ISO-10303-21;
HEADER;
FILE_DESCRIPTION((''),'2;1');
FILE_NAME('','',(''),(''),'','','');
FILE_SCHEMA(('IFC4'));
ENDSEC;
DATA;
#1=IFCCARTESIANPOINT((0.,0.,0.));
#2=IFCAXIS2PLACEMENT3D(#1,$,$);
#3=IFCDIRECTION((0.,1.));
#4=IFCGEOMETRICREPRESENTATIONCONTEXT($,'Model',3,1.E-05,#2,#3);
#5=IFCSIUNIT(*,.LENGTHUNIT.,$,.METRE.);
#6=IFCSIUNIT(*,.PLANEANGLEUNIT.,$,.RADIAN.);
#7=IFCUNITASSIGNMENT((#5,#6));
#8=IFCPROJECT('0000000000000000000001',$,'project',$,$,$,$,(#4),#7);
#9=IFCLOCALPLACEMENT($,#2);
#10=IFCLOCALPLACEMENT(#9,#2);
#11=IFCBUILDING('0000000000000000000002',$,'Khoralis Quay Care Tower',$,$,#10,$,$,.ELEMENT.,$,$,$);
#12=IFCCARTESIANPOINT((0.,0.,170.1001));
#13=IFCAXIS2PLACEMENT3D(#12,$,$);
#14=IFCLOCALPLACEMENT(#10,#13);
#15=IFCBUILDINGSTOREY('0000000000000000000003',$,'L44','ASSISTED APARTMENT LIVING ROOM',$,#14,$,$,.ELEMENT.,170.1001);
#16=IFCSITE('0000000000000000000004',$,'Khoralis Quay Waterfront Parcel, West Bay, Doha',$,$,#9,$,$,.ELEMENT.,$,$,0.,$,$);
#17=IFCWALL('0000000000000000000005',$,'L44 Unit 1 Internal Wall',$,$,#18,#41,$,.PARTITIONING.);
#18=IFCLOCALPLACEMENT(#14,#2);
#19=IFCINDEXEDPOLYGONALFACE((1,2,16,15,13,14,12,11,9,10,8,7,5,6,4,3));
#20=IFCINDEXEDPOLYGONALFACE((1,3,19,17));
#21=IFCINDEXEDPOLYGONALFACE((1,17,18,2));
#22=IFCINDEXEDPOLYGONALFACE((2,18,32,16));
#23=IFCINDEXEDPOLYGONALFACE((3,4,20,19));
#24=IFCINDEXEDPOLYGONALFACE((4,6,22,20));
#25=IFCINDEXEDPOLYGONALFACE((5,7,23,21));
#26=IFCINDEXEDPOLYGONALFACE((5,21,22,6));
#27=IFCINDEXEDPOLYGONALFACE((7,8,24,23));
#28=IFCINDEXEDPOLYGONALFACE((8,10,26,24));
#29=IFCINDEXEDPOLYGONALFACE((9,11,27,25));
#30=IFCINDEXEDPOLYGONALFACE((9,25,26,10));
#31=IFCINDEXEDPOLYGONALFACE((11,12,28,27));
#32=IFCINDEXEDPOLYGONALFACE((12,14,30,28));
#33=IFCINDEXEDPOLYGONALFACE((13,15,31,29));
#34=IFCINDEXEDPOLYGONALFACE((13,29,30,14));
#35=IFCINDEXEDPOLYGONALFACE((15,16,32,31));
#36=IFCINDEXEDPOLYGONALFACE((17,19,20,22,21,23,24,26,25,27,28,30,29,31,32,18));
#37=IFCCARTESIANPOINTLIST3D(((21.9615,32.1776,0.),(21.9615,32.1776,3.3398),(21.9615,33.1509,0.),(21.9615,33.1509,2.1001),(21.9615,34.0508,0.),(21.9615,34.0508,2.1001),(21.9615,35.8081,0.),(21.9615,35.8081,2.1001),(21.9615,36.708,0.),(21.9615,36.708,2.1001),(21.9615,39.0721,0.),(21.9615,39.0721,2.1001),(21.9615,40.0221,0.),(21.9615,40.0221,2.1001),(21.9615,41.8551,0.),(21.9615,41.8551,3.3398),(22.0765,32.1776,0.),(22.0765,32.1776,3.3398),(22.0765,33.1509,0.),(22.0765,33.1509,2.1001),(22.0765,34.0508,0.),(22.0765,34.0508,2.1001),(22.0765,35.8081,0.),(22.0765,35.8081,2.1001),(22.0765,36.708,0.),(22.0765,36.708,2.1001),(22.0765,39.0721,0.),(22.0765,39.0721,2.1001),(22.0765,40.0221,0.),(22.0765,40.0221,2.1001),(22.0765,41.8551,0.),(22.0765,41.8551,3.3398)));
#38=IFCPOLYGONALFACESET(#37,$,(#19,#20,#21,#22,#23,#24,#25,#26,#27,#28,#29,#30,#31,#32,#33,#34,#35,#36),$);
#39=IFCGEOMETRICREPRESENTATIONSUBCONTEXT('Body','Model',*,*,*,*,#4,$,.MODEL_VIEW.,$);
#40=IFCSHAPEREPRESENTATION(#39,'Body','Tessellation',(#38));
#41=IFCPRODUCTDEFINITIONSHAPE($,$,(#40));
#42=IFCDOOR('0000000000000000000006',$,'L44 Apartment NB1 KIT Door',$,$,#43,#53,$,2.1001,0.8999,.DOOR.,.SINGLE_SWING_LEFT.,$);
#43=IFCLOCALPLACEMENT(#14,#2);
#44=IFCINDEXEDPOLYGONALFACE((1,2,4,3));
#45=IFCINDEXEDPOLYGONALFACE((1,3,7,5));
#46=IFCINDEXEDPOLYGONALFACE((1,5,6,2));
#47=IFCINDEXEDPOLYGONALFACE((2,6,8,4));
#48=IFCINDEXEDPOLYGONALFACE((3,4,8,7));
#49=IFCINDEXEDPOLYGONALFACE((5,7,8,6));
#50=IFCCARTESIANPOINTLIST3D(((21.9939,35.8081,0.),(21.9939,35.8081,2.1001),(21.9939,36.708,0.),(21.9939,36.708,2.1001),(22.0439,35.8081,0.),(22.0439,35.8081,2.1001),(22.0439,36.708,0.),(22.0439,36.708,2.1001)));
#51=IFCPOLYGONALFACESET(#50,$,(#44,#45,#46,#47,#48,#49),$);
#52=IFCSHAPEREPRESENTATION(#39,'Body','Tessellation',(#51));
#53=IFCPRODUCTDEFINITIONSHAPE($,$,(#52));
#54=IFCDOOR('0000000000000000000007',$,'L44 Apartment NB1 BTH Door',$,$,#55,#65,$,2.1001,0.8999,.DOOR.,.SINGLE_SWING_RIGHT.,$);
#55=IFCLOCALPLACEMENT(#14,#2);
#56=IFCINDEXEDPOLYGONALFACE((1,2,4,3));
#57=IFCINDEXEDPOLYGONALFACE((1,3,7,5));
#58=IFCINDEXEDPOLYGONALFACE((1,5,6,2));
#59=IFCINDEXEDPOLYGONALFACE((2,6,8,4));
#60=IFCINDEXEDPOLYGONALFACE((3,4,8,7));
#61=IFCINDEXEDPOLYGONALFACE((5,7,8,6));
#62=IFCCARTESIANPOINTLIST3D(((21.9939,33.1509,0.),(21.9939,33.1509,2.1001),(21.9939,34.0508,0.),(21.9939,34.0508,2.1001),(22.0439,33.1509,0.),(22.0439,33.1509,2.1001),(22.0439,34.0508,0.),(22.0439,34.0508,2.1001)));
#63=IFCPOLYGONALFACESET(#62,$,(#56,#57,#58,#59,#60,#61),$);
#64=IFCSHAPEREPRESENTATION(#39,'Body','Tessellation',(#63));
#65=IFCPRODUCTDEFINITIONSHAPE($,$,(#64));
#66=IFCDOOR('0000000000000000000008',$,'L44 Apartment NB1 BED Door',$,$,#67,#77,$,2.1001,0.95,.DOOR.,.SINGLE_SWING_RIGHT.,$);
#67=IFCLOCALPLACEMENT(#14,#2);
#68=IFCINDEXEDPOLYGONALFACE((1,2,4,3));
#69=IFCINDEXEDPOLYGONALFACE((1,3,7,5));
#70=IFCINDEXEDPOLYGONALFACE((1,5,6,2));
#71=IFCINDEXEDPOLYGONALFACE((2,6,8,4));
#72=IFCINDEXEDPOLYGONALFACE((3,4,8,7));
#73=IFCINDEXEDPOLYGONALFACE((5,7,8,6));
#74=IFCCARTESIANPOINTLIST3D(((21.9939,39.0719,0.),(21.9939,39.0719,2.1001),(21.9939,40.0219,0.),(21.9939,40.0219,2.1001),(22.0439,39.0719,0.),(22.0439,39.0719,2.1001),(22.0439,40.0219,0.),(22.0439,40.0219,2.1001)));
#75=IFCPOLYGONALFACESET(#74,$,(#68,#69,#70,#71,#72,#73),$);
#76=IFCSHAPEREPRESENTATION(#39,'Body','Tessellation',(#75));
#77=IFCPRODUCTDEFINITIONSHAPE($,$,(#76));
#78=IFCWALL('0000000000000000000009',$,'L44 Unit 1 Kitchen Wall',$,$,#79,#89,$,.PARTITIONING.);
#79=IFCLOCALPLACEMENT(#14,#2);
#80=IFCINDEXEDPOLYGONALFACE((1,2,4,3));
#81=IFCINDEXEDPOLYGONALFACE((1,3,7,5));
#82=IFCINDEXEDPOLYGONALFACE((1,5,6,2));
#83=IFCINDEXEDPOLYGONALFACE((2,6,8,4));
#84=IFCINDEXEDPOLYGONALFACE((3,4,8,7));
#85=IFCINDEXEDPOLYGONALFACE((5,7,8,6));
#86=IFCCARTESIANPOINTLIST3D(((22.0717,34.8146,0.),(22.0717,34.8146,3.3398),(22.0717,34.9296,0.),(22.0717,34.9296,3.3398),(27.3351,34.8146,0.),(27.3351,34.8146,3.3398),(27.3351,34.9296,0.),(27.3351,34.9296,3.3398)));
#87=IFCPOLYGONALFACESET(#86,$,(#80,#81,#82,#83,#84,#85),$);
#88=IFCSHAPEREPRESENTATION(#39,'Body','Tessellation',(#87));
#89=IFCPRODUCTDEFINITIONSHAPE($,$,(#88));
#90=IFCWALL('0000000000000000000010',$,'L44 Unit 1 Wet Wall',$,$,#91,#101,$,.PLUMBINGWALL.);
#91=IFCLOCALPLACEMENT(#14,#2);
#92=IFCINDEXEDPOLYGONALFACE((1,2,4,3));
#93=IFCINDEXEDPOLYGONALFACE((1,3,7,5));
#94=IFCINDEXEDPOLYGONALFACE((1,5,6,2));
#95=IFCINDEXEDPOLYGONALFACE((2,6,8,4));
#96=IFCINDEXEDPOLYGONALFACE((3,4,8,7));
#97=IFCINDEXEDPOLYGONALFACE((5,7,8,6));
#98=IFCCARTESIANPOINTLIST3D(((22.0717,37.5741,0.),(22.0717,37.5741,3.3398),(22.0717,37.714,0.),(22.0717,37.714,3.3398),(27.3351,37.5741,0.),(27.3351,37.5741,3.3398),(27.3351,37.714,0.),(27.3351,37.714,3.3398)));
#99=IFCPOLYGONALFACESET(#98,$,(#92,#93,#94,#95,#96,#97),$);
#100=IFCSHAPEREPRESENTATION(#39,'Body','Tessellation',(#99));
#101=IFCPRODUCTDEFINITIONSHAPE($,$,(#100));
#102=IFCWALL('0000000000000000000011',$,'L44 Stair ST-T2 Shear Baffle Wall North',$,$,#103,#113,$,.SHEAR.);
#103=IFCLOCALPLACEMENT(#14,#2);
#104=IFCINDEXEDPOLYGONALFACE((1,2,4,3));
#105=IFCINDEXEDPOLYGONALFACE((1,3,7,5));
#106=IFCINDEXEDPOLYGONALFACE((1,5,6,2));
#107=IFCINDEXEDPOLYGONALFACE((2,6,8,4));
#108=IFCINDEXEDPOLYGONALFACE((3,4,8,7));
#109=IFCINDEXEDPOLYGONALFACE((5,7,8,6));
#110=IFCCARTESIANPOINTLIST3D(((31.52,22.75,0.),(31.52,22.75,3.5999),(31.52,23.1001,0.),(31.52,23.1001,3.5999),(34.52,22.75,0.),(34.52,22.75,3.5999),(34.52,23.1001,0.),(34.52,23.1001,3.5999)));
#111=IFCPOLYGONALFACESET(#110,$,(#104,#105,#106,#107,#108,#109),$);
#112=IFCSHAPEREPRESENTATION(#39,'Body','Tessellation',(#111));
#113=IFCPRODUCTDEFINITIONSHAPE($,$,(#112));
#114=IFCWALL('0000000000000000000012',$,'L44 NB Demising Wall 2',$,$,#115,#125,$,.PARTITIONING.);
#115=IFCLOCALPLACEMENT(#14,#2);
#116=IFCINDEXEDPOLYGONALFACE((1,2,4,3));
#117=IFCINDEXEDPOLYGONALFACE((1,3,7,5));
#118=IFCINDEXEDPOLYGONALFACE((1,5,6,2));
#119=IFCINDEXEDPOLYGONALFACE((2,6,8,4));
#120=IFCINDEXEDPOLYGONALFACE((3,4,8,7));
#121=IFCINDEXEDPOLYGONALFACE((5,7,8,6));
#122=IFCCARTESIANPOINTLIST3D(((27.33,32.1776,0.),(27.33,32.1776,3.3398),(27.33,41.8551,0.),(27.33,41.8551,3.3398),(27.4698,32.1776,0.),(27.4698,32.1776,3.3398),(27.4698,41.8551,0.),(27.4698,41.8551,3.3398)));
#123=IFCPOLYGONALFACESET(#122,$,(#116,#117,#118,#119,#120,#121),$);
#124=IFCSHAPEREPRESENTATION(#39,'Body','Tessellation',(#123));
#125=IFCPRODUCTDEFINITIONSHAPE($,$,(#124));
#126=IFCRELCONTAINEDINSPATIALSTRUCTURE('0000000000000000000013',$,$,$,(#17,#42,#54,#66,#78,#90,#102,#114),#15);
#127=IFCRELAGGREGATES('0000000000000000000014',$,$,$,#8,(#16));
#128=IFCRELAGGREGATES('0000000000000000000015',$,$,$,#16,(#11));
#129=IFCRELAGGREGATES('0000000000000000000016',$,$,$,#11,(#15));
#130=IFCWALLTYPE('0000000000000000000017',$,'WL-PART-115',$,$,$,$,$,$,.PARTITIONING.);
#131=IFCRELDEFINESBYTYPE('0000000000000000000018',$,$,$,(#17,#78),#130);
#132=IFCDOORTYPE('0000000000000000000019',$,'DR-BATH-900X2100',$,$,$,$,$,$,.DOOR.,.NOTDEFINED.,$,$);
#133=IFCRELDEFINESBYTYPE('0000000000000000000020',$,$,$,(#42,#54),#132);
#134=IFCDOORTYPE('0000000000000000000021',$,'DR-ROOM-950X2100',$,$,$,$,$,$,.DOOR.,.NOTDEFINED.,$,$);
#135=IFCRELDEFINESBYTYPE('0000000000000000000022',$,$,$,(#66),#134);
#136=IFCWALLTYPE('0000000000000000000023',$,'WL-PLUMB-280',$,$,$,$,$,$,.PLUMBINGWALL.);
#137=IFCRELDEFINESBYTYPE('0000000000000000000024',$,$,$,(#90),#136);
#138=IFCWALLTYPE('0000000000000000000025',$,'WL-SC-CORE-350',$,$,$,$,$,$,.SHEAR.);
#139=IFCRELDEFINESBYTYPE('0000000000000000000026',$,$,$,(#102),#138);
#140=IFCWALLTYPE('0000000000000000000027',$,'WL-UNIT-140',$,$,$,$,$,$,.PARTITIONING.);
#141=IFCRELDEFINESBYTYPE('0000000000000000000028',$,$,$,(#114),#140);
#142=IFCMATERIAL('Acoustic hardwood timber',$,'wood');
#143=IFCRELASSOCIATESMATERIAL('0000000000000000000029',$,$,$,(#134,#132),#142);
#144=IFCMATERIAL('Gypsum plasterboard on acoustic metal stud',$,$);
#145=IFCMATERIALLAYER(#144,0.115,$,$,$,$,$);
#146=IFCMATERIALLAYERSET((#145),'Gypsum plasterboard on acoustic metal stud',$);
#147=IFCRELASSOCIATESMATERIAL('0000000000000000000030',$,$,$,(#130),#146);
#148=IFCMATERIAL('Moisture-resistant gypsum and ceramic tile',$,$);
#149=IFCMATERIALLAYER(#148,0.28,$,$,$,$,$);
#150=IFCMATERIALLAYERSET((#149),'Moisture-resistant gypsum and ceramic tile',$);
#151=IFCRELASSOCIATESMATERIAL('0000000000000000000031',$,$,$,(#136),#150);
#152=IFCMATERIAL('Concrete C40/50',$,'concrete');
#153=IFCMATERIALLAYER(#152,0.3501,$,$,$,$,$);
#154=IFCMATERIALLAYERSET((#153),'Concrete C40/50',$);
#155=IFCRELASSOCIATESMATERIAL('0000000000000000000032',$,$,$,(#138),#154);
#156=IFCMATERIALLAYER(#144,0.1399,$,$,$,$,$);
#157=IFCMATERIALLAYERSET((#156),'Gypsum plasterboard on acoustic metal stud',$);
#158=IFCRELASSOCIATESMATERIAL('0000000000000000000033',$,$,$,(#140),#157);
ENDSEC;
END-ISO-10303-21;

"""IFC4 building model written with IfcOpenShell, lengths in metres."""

from ifc_helpers import new_model, si_unit, direction, frame, frame_2d, origin, place, context, subcontext, project, spatial, rectangle, extrude, source, transform, mapped, material, layer, layer_set, type_object, element, fill, save


model = new_model("IFC4")

# Units and contexts
model_context = context("Model", 3, precision=1e-05, world=origin(), true_north=direction((0.0, 1.0)))
body_context = subcontext(model_context, "Body", "Model", "MODEL_VIEW")
ifc_project = project(units=[si_unit("LENGTHUNIT", "METRE"), si_unit("PLANEANGLEUNIT", "RADIAN")], contexts=[model_context])

# Site, building, storey
site_placement = place(None, origin())
site = spatial("IfcSite", under=ifc_project, at=site_placement, Name="Khoralis Quay Waterfront Parcel, West Bay, Doha", CompositionType="ELEMENT", RefElevation=0.0)
building_placement = place(site_placement, origin())
building = spatial("IfcBuilding", under=site, at=building_placement, Name="Khoralis Quay Care Tower", CompositionType="ELEMENT")
storey_placement = place(building_placement, frame((0.0, 0.0, 170.1001)))
storey = spatial("IfcBuildingStorey", under=building, at=storey_placement, Name="L44", Description="ASSISTED APARTMENT LIVING ROOM", CompositionType="ELEMENT", Elevation=170.1001)

# Shared definitions
ifc_material_1 = material(Name="Acoustic hardwood timber", Category="wood")
door_type_1 = type_object("IfcDoorType", Name="DR-ROOM-950X2100", OperationType="NOTDEFINED", PredefinedType="DOOR", material=ifc_material_1)
shared_shape_1 = source(origin(), body_context, "Body", "SweptSolid", [
    extrude(rectangle(XDim=0.95, YDim=2.1001, at=frame_2d((0.4751, 1.05))), frame((0.0, 0.0249, 0.0), z_axis=(0.0, -1.0, 0.0), x_axis=(1.0, 0.0, 0.0)), (0.0, 0.0, 1.0), 0.05),
])

# Shared definitions
ifc_material_2 = material(Name="Gypsum plasterboard on acoustic metal stud")

# Wall, openings, doors
ifc_layer_1 = layer(ifc_material_2, 0.115)
ifc_layer_set_1 = layer_set([ifc_layer_1], Name="Gypsum plasterboard on acoustic metal stud")
wall_type_1 = type_object("IfcWallType", Name="WL-PART-115", PredefinedType="PARTITIONING", material=ifc_layer_set_1)
wall_1_placement = place(storey_placement, frame((22.019, 32.1775, 0.0), z_axis=(0.0, 0.0, 1.0), x_axis=(0.0, 1.0, 0.0)))
wall_1 = element("IfcWall", 1, at=wall_1_placement, inside=storey, type_object=wall_type_1, Name="L44 Unit 1 Internal Wall", PredefinedType="PARTITIONING", context=body_context, shape_type="SweptSolid", body=[
    extrude(rectangle(XDim=9.6775, YDim=0.115, at=frame_2d((4.8389, 0.0))), origin(), (0.0, 0.0, 1.0), 3.3398),
])
opening_1_placement = place(wall_1_placement, frame((6.8945, 0.0, 0.0)))
opening_1 = element("IfcOpeningElement", 2, at=opening_1_placement, cuts=wall_1, PredefinedType="OPENING", context=body_context, shape_type="SweptSolid", body=[
    extrude(rectangle(XDim=0.95, YDim=2.1001, at=frame_2d((0.4751, 1.05))), frame((0.0, 0.0674, 0.0), z_axis=(0.0, -1.0, 0.0), x_axis=(1.0, 0.0, 0.0)), (0.0, 0.0, 1.0), 0.135),
])
opening_2_placement = place(wall_1_placement, frame((3.6306, 0.0, 0.0)))
opening_2 = element("IfcOpeningElement", 3, at=opening_2_placement, cuts=wall_1, PredefinedType="OPENING", context=body_context, shape_type="SweptSolid", body=[
    extrude(rectangle(XDim=0.8999, YDim=2.1001, at=frame_2d((0.45, 1.05))), frame((0.0, 0.0674, 0.0), z_axis=(0.0, -1.0, 0.0), x_axis=(1.0, 0.0, 0.0)), (0.0, 0.0, 1.0), 0.135),
])
opening_3_placement = place(wall_1_placement, frame((0.9734, 0.0, 0.0)))
opening_3 = element("IfcOpeningElement", 4, at=opening_3_placement, cuts=wall_1, PredefinedType="OPENING", context=body_context, shape_type="SweptSolid", body=[
    extrude(rectangle(XDim=0.8999, YDim=2.1001, at=frame_2d((0.45, 1.05))), frame((0.0, 0.0674, 0.0), z_axis=(0.0, -1.0, 0.0), x_axis=(1.0, 0.0, 0.0)), (0.0, 0.0, 1.0), 0.135),
])
door_type_2 = type_object("IfcDoorType", Name="DR-BATH-900X2100", OperationType="NOTDEFINED", PredefinedType="DOOR", material=ifc_material_1)
shared_shape_2 = source(origin(), body_context, "Body", "SweptSolid", [
    extrude(rectangle(XDim=0.8999, YDim=2.1001, at=frame_2d((0.45, 1.05))), frame((0.0, 0.0249, 0.0), z_axis=(0.0, -1.0, 0.0), x_axis=(1.0, 0.0, 0.0)), (0.0, 0.0, 1.0), 0.05),
])
door_1_placement = place(opening_2_placement, frame((0.8999, 0.0, 0.0), z_axis=(0.0, 0.0, 1.0), x_axis=(-1.0, 0.0, 0.0)))
door_1 = element("IfcDoor", 5, at=door_1_placement, inside=storey, type_object=door_type_2, Name="L44 Apartment NB1 KIT Door", OperationType="SINGLE_SWING_LEFT", OverallHeight=2.1001, OverallWidth=0.8999, PredefinedType="DOOR", context=body_context, shape_type="MappedRepresentation", body=[
    mapped(shared_shape_2, transform((0.0, 0.0, 0.0), scale=1.0)),
])
fill(opening_2, door_1)
door_2_placement = place(opening_3_placement, frame((0.8999, 0.0, 0.0), z_axis=(0.0, 0.0, 1.0), x_axis=(-1.0, 0.0, 0.0)))
door_2 = element("IfcDoor", 6, at=door_2_placement, inside=storey, type_object=door_type_2, Name="L44 Apartment NB1 BTH Door", OperationType="SINGLE_SWING_RIGHT", OverallHeight=2.1001, OverallWidth=0.8999, PredefinedType="DOOR", context=body_context, shape_type="MappedRepresentation", body=[
    mapped(shared_shape_2, transform((0.0, 0.0, 0.0), scale=1.0)),
])
fill(opening_3, door_2)
door_3_placement = place(opening_1_placement, frame((0.95, 0.0, 0.0), z_axis=(0.0, 0.0, 1.0), x_axis=(-1.0, 0.0, 0.0)))
door_3 = element("IfcDoor", 7, at=door_3_placement, inside=storey, type_object=door_type_1, Name="L44 Apartment NB1 BED Door", OperationType="SINGLE_SWING_RIGHT", OverallHeight=2.1001, OverallWidth=0.95, PredefinedType="DOOR", context=body_context, shape_type="MappedRepresentation", body=[
    mapped(shared_shape_1, transform((0.0, 0.0, 0.0), scale=1.0)),
])
fill(opening_1, door_3)

# Walls
wall_2_placement = place(storey_placement, frame((22.0715, 34.8721, 0.0), z_axis=(0.0, 0.0, 1.0), x_axis=(1.0, 0.0, 0.0)))
element("IfcWall", 8, at=wall_2_placement, inside=storey, type_object=wall_type_1, Name="L44 Unit 1 Kitchen Wall", PredefinedType="PARTITIONING", context=body_context, shape_type="SweptSolid", body=[
    extrude(rectangle(XDim=5.2634, YDim=0.115, at=frame_2d((2.6318, 0.0))), origin(), (0.0, 0.0, 1.0), 3.3398),
])
ifc_material_3 = material(Name="Moisture-resistant gypsum and ceramic tile")
ifc_layer_2 = layer(ifc_material_3, 0.28)
ifc_layer_set_2 = layer_set([ifc_layer_2], Name="Moisture-resistant gypsum and ceramic tile")
wall_type_2 = type_object("IfcWallType", Name="WL-PLUMB-280", PredefinedType="PLUMBINGWALL", material=ifc_layer_set_2)
wall_3_placement = place(storey_placement, frame((22.0715, 37.644, 0.0), z_axis=(0.0, 0.0, 1.0), x_axis=(1.0, 0.0, 0.0)))
element("IfcWall", 9, at=wall_3_placement, inside=storey, type_object=wall_type_2, Name="L44 Unit 1 Wet Wall", PredefinedType="PLUMBINGWALL", context=body_context, shape_type="SweptSolid", body=[
    extrude(rectangle(XDim=5.2634, YDim=0.1399, at=frame_2d((2.6318, 0.0))), origin(), (0.0, 0.0, 1.0), 3.3398),
])
ifc_material_4 = material(Name="Concrete C40/50", Category="concrete")
ifc_layer_3 = layer(ifc_material_4, 0.3501)
ifc_layer_set_3 = layer_set([ifc_layer_3], Name="Concrete C40/50")
wall_type_3 = type_object("IfcWallType", Name="WL-SC-CORE-350", PredefinedType="SHEAR", material=ifc_layer_set_3)
wall_4_placement = place(storey_placement, frame((31.52, 22.925, 0.0), z_axis=(0.0, 0.0, 1.0), x_axis=(1.0, 0.0, 0.0)))
element("IfcWall", 10, at=wall_4_placement, inside=storey, type_object=wall_type_3, Name="L44 Stair ST-T2 Shear Baffle Wall North", PredefinedType="SHEAR", context=body_context, shape_type="SweptSolid", body=[
    extrude(rectangle(XDim=3.0, YDim=0.3501, at=frame_2d((1.5, 0.0))), origin(), (0.0, 0.0, 1.0), 3.5999),
])
ifc_layer_4 = layer(ifc_material_2, 0.1399)
ifc_layer_set_4 = layer_set([ifc_layer_4], Name="Gypsum plasterboard on acoustic metal stud")
wall_type_4 = type_object("IfcWallType", Name="WL-UNIT-140", PredefinedType="PARTITIONING", material=ifc_layer_set_4)
wall_5_placement = place(storey_placement, frame((27.3999, 32.1775, 0.0), z_axis=(0.0, 0.0, 1.0), x_axis=(0.0, 1.0, 0.0)))
element("IfcWall", 11, at=wall_5_placement, inside=storey, type_object=wall_type_4, Name="L44 NB Demising Wall 2", PredefinedType="PARTITIONING", context=body_context, shape_type="SweptSolid", body=[
    extrude(rectangle(XDim=9.6775, YDim=0.1399, at=frame_2d((4.8389, 0.0))), origin(), (0.0, 0.0, 1.0), 3.3398),
])

save(model, "model.ifc")
